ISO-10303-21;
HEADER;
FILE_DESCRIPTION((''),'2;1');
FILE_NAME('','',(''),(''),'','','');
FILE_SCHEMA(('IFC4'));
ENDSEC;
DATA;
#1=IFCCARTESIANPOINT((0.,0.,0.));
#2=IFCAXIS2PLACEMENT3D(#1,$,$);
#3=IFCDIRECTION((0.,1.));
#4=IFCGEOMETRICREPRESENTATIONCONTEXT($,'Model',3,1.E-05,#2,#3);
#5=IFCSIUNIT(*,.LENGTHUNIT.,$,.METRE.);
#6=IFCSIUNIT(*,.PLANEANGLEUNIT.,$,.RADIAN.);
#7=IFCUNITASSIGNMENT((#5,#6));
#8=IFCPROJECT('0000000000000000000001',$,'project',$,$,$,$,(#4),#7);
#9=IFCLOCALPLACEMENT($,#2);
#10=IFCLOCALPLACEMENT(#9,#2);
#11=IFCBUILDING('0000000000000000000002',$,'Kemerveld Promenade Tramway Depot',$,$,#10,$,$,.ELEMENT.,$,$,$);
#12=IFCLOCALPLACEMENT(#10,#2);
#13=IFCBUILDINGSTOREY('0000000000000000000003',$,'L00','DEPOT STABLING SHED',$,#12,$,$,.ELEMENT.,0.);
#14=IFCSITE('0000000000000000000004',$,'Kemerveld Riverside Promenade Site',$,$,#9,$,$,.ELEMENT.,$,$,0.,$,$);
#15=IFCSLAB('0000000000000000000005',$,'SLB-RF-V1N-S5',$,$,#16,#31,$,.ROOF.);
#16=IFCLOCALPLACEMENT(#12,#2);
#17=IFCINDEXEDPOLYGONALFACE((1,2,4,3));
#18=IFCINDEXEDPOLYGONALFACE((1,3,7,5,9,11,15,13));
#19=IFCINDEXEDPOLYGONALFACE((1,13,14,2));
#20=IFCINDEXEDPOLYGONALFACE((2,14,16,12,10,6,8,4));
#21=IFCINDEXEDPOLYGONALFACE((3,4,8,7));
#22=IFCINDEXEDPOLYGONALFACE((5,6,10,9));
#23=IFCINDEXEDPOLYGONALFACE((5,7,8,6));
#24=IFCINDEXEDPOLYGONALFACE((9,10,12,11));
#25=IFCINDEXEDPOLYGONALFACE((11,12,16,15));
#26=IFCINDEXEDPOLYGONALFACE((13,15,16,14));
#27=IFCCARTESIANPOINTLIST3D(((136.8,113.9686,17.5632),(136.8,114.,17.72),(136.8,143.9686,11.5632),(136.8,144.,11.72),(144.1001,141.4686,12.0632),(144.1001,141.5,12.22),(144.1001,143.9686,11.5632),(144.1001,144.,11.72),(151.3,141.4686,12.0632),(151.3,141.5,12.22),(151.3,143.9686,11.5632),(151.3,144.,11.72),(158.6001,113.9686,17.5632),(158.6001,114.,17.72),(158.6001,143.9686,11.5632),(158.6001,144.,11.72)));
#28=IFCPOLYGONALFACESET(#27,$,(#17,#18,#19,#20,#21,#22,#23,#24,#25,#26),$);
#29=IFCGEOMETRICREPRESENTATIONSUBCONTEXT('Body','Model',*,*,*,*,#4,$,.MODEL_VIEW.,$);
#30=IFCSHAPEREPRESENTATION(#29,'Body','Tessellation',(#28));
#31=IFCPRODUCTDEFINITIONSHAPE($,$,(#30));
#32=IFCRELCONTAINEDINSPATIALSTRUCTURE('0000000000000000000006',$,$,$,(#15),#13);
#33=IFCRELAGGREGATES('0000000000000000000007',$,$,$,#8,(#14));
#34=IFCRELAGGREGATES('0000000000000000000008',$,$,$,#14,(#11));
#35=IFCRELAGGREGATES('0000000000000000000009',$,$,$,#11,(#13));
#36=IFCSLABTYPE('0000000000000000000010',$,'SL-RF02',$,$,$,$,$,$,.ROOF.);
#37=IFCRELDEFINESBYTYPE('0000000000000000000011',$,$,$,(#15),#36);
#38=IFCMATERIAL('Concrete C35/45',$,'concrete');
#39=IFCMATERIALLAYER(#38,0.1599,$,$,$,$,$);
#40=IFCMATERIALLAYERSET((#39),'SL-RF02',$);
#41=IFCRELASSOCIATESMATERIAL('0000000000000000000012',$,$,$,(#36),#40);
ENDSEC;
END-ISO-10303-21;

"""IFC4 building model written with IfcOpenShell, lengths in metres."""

from ifc_helpers import new_model, si_unit, direction, frame, origin, place, context, subcontext, project, spatial, polyline, outline, extrude, material, layer, layer_set, type_object, element, save


model = new_model("IFC4")

# Units and contexts
model_context = context("Model", 3, precision=1e-05, world=origin(), true_north=direction((0.0, 1.0)))
body_context = subcontext(model_context, "Body", "Model", "MODEL_VIEW")
ifc_project = project(units=[si_unit("LENGTHUNIT", "METRE"), si_unit("PLANEANGLEUNIT", "RADIAN")], contexts=[model_context])

# Site, building, storey
site_placement = place(None, origin())
site = spatial("IfcSite", under=ifc_project, at=site_placement, Name="Kemerveld Riverside Promenade Site", CompositionType="ELEMENT", RefElevation=0.0)
building_placement = place(site_placement, origin())
building = spatial("IfcBuilding", under=site, at=building_placement, Name="Kemerveld Promenade Tramway Depot", CompositionType="ELEMENT")
storey_placement = place(building_placement, origin())
storey = spatial("IfcBuildingStorey", under=building, at=storey_placement, Name="L00", Description="DEPOT STABLING SHED", CompositionType="ELEMENT", Elevation=0.0)

# Shared definitions
ifc_material_1 = material(Name="Concrete C35/45", Category="concrete")

# Slab
ifc_layer_1 = layer(ifc_material_1, 0.1599)
ifc_layer_set_1 = layer_set([ifc_layer_1], Name="SL-RF02")
slab_type = type_object("IfcSlabType", Name="SL-RF02", PredefinedType="ROOF", material=ifc_layer_set_1)
slab_placement = place(storey_placement, frame((136.8, 114.0, 17.72), z_axis=(0.0, 0.196116, 0.980581), x_axis=(1.0, 0.0, 0.0)))
element("IfcSlab", 1, at=slab_placement, inside=storey, type_object=slab_type, Name="SLB-RF-V1N-S5", PredefinedType="ROOF", context=body_context, shape_type="SweptSolid", body=[
    extrude(outline(polyline([(0.0, 0.0), (21.8, 0.0), (21.8, 30.5941), (14.5, 30.5941), (14.5, 28.0446), (7.3, 28.0446), (7.3, 30.5941), (0.0, 30.5941), (0.0, 0.0)])), origin(), (0.0, 0.0, -1.0), 0.1599),
])

save(model, "model.ifc")
